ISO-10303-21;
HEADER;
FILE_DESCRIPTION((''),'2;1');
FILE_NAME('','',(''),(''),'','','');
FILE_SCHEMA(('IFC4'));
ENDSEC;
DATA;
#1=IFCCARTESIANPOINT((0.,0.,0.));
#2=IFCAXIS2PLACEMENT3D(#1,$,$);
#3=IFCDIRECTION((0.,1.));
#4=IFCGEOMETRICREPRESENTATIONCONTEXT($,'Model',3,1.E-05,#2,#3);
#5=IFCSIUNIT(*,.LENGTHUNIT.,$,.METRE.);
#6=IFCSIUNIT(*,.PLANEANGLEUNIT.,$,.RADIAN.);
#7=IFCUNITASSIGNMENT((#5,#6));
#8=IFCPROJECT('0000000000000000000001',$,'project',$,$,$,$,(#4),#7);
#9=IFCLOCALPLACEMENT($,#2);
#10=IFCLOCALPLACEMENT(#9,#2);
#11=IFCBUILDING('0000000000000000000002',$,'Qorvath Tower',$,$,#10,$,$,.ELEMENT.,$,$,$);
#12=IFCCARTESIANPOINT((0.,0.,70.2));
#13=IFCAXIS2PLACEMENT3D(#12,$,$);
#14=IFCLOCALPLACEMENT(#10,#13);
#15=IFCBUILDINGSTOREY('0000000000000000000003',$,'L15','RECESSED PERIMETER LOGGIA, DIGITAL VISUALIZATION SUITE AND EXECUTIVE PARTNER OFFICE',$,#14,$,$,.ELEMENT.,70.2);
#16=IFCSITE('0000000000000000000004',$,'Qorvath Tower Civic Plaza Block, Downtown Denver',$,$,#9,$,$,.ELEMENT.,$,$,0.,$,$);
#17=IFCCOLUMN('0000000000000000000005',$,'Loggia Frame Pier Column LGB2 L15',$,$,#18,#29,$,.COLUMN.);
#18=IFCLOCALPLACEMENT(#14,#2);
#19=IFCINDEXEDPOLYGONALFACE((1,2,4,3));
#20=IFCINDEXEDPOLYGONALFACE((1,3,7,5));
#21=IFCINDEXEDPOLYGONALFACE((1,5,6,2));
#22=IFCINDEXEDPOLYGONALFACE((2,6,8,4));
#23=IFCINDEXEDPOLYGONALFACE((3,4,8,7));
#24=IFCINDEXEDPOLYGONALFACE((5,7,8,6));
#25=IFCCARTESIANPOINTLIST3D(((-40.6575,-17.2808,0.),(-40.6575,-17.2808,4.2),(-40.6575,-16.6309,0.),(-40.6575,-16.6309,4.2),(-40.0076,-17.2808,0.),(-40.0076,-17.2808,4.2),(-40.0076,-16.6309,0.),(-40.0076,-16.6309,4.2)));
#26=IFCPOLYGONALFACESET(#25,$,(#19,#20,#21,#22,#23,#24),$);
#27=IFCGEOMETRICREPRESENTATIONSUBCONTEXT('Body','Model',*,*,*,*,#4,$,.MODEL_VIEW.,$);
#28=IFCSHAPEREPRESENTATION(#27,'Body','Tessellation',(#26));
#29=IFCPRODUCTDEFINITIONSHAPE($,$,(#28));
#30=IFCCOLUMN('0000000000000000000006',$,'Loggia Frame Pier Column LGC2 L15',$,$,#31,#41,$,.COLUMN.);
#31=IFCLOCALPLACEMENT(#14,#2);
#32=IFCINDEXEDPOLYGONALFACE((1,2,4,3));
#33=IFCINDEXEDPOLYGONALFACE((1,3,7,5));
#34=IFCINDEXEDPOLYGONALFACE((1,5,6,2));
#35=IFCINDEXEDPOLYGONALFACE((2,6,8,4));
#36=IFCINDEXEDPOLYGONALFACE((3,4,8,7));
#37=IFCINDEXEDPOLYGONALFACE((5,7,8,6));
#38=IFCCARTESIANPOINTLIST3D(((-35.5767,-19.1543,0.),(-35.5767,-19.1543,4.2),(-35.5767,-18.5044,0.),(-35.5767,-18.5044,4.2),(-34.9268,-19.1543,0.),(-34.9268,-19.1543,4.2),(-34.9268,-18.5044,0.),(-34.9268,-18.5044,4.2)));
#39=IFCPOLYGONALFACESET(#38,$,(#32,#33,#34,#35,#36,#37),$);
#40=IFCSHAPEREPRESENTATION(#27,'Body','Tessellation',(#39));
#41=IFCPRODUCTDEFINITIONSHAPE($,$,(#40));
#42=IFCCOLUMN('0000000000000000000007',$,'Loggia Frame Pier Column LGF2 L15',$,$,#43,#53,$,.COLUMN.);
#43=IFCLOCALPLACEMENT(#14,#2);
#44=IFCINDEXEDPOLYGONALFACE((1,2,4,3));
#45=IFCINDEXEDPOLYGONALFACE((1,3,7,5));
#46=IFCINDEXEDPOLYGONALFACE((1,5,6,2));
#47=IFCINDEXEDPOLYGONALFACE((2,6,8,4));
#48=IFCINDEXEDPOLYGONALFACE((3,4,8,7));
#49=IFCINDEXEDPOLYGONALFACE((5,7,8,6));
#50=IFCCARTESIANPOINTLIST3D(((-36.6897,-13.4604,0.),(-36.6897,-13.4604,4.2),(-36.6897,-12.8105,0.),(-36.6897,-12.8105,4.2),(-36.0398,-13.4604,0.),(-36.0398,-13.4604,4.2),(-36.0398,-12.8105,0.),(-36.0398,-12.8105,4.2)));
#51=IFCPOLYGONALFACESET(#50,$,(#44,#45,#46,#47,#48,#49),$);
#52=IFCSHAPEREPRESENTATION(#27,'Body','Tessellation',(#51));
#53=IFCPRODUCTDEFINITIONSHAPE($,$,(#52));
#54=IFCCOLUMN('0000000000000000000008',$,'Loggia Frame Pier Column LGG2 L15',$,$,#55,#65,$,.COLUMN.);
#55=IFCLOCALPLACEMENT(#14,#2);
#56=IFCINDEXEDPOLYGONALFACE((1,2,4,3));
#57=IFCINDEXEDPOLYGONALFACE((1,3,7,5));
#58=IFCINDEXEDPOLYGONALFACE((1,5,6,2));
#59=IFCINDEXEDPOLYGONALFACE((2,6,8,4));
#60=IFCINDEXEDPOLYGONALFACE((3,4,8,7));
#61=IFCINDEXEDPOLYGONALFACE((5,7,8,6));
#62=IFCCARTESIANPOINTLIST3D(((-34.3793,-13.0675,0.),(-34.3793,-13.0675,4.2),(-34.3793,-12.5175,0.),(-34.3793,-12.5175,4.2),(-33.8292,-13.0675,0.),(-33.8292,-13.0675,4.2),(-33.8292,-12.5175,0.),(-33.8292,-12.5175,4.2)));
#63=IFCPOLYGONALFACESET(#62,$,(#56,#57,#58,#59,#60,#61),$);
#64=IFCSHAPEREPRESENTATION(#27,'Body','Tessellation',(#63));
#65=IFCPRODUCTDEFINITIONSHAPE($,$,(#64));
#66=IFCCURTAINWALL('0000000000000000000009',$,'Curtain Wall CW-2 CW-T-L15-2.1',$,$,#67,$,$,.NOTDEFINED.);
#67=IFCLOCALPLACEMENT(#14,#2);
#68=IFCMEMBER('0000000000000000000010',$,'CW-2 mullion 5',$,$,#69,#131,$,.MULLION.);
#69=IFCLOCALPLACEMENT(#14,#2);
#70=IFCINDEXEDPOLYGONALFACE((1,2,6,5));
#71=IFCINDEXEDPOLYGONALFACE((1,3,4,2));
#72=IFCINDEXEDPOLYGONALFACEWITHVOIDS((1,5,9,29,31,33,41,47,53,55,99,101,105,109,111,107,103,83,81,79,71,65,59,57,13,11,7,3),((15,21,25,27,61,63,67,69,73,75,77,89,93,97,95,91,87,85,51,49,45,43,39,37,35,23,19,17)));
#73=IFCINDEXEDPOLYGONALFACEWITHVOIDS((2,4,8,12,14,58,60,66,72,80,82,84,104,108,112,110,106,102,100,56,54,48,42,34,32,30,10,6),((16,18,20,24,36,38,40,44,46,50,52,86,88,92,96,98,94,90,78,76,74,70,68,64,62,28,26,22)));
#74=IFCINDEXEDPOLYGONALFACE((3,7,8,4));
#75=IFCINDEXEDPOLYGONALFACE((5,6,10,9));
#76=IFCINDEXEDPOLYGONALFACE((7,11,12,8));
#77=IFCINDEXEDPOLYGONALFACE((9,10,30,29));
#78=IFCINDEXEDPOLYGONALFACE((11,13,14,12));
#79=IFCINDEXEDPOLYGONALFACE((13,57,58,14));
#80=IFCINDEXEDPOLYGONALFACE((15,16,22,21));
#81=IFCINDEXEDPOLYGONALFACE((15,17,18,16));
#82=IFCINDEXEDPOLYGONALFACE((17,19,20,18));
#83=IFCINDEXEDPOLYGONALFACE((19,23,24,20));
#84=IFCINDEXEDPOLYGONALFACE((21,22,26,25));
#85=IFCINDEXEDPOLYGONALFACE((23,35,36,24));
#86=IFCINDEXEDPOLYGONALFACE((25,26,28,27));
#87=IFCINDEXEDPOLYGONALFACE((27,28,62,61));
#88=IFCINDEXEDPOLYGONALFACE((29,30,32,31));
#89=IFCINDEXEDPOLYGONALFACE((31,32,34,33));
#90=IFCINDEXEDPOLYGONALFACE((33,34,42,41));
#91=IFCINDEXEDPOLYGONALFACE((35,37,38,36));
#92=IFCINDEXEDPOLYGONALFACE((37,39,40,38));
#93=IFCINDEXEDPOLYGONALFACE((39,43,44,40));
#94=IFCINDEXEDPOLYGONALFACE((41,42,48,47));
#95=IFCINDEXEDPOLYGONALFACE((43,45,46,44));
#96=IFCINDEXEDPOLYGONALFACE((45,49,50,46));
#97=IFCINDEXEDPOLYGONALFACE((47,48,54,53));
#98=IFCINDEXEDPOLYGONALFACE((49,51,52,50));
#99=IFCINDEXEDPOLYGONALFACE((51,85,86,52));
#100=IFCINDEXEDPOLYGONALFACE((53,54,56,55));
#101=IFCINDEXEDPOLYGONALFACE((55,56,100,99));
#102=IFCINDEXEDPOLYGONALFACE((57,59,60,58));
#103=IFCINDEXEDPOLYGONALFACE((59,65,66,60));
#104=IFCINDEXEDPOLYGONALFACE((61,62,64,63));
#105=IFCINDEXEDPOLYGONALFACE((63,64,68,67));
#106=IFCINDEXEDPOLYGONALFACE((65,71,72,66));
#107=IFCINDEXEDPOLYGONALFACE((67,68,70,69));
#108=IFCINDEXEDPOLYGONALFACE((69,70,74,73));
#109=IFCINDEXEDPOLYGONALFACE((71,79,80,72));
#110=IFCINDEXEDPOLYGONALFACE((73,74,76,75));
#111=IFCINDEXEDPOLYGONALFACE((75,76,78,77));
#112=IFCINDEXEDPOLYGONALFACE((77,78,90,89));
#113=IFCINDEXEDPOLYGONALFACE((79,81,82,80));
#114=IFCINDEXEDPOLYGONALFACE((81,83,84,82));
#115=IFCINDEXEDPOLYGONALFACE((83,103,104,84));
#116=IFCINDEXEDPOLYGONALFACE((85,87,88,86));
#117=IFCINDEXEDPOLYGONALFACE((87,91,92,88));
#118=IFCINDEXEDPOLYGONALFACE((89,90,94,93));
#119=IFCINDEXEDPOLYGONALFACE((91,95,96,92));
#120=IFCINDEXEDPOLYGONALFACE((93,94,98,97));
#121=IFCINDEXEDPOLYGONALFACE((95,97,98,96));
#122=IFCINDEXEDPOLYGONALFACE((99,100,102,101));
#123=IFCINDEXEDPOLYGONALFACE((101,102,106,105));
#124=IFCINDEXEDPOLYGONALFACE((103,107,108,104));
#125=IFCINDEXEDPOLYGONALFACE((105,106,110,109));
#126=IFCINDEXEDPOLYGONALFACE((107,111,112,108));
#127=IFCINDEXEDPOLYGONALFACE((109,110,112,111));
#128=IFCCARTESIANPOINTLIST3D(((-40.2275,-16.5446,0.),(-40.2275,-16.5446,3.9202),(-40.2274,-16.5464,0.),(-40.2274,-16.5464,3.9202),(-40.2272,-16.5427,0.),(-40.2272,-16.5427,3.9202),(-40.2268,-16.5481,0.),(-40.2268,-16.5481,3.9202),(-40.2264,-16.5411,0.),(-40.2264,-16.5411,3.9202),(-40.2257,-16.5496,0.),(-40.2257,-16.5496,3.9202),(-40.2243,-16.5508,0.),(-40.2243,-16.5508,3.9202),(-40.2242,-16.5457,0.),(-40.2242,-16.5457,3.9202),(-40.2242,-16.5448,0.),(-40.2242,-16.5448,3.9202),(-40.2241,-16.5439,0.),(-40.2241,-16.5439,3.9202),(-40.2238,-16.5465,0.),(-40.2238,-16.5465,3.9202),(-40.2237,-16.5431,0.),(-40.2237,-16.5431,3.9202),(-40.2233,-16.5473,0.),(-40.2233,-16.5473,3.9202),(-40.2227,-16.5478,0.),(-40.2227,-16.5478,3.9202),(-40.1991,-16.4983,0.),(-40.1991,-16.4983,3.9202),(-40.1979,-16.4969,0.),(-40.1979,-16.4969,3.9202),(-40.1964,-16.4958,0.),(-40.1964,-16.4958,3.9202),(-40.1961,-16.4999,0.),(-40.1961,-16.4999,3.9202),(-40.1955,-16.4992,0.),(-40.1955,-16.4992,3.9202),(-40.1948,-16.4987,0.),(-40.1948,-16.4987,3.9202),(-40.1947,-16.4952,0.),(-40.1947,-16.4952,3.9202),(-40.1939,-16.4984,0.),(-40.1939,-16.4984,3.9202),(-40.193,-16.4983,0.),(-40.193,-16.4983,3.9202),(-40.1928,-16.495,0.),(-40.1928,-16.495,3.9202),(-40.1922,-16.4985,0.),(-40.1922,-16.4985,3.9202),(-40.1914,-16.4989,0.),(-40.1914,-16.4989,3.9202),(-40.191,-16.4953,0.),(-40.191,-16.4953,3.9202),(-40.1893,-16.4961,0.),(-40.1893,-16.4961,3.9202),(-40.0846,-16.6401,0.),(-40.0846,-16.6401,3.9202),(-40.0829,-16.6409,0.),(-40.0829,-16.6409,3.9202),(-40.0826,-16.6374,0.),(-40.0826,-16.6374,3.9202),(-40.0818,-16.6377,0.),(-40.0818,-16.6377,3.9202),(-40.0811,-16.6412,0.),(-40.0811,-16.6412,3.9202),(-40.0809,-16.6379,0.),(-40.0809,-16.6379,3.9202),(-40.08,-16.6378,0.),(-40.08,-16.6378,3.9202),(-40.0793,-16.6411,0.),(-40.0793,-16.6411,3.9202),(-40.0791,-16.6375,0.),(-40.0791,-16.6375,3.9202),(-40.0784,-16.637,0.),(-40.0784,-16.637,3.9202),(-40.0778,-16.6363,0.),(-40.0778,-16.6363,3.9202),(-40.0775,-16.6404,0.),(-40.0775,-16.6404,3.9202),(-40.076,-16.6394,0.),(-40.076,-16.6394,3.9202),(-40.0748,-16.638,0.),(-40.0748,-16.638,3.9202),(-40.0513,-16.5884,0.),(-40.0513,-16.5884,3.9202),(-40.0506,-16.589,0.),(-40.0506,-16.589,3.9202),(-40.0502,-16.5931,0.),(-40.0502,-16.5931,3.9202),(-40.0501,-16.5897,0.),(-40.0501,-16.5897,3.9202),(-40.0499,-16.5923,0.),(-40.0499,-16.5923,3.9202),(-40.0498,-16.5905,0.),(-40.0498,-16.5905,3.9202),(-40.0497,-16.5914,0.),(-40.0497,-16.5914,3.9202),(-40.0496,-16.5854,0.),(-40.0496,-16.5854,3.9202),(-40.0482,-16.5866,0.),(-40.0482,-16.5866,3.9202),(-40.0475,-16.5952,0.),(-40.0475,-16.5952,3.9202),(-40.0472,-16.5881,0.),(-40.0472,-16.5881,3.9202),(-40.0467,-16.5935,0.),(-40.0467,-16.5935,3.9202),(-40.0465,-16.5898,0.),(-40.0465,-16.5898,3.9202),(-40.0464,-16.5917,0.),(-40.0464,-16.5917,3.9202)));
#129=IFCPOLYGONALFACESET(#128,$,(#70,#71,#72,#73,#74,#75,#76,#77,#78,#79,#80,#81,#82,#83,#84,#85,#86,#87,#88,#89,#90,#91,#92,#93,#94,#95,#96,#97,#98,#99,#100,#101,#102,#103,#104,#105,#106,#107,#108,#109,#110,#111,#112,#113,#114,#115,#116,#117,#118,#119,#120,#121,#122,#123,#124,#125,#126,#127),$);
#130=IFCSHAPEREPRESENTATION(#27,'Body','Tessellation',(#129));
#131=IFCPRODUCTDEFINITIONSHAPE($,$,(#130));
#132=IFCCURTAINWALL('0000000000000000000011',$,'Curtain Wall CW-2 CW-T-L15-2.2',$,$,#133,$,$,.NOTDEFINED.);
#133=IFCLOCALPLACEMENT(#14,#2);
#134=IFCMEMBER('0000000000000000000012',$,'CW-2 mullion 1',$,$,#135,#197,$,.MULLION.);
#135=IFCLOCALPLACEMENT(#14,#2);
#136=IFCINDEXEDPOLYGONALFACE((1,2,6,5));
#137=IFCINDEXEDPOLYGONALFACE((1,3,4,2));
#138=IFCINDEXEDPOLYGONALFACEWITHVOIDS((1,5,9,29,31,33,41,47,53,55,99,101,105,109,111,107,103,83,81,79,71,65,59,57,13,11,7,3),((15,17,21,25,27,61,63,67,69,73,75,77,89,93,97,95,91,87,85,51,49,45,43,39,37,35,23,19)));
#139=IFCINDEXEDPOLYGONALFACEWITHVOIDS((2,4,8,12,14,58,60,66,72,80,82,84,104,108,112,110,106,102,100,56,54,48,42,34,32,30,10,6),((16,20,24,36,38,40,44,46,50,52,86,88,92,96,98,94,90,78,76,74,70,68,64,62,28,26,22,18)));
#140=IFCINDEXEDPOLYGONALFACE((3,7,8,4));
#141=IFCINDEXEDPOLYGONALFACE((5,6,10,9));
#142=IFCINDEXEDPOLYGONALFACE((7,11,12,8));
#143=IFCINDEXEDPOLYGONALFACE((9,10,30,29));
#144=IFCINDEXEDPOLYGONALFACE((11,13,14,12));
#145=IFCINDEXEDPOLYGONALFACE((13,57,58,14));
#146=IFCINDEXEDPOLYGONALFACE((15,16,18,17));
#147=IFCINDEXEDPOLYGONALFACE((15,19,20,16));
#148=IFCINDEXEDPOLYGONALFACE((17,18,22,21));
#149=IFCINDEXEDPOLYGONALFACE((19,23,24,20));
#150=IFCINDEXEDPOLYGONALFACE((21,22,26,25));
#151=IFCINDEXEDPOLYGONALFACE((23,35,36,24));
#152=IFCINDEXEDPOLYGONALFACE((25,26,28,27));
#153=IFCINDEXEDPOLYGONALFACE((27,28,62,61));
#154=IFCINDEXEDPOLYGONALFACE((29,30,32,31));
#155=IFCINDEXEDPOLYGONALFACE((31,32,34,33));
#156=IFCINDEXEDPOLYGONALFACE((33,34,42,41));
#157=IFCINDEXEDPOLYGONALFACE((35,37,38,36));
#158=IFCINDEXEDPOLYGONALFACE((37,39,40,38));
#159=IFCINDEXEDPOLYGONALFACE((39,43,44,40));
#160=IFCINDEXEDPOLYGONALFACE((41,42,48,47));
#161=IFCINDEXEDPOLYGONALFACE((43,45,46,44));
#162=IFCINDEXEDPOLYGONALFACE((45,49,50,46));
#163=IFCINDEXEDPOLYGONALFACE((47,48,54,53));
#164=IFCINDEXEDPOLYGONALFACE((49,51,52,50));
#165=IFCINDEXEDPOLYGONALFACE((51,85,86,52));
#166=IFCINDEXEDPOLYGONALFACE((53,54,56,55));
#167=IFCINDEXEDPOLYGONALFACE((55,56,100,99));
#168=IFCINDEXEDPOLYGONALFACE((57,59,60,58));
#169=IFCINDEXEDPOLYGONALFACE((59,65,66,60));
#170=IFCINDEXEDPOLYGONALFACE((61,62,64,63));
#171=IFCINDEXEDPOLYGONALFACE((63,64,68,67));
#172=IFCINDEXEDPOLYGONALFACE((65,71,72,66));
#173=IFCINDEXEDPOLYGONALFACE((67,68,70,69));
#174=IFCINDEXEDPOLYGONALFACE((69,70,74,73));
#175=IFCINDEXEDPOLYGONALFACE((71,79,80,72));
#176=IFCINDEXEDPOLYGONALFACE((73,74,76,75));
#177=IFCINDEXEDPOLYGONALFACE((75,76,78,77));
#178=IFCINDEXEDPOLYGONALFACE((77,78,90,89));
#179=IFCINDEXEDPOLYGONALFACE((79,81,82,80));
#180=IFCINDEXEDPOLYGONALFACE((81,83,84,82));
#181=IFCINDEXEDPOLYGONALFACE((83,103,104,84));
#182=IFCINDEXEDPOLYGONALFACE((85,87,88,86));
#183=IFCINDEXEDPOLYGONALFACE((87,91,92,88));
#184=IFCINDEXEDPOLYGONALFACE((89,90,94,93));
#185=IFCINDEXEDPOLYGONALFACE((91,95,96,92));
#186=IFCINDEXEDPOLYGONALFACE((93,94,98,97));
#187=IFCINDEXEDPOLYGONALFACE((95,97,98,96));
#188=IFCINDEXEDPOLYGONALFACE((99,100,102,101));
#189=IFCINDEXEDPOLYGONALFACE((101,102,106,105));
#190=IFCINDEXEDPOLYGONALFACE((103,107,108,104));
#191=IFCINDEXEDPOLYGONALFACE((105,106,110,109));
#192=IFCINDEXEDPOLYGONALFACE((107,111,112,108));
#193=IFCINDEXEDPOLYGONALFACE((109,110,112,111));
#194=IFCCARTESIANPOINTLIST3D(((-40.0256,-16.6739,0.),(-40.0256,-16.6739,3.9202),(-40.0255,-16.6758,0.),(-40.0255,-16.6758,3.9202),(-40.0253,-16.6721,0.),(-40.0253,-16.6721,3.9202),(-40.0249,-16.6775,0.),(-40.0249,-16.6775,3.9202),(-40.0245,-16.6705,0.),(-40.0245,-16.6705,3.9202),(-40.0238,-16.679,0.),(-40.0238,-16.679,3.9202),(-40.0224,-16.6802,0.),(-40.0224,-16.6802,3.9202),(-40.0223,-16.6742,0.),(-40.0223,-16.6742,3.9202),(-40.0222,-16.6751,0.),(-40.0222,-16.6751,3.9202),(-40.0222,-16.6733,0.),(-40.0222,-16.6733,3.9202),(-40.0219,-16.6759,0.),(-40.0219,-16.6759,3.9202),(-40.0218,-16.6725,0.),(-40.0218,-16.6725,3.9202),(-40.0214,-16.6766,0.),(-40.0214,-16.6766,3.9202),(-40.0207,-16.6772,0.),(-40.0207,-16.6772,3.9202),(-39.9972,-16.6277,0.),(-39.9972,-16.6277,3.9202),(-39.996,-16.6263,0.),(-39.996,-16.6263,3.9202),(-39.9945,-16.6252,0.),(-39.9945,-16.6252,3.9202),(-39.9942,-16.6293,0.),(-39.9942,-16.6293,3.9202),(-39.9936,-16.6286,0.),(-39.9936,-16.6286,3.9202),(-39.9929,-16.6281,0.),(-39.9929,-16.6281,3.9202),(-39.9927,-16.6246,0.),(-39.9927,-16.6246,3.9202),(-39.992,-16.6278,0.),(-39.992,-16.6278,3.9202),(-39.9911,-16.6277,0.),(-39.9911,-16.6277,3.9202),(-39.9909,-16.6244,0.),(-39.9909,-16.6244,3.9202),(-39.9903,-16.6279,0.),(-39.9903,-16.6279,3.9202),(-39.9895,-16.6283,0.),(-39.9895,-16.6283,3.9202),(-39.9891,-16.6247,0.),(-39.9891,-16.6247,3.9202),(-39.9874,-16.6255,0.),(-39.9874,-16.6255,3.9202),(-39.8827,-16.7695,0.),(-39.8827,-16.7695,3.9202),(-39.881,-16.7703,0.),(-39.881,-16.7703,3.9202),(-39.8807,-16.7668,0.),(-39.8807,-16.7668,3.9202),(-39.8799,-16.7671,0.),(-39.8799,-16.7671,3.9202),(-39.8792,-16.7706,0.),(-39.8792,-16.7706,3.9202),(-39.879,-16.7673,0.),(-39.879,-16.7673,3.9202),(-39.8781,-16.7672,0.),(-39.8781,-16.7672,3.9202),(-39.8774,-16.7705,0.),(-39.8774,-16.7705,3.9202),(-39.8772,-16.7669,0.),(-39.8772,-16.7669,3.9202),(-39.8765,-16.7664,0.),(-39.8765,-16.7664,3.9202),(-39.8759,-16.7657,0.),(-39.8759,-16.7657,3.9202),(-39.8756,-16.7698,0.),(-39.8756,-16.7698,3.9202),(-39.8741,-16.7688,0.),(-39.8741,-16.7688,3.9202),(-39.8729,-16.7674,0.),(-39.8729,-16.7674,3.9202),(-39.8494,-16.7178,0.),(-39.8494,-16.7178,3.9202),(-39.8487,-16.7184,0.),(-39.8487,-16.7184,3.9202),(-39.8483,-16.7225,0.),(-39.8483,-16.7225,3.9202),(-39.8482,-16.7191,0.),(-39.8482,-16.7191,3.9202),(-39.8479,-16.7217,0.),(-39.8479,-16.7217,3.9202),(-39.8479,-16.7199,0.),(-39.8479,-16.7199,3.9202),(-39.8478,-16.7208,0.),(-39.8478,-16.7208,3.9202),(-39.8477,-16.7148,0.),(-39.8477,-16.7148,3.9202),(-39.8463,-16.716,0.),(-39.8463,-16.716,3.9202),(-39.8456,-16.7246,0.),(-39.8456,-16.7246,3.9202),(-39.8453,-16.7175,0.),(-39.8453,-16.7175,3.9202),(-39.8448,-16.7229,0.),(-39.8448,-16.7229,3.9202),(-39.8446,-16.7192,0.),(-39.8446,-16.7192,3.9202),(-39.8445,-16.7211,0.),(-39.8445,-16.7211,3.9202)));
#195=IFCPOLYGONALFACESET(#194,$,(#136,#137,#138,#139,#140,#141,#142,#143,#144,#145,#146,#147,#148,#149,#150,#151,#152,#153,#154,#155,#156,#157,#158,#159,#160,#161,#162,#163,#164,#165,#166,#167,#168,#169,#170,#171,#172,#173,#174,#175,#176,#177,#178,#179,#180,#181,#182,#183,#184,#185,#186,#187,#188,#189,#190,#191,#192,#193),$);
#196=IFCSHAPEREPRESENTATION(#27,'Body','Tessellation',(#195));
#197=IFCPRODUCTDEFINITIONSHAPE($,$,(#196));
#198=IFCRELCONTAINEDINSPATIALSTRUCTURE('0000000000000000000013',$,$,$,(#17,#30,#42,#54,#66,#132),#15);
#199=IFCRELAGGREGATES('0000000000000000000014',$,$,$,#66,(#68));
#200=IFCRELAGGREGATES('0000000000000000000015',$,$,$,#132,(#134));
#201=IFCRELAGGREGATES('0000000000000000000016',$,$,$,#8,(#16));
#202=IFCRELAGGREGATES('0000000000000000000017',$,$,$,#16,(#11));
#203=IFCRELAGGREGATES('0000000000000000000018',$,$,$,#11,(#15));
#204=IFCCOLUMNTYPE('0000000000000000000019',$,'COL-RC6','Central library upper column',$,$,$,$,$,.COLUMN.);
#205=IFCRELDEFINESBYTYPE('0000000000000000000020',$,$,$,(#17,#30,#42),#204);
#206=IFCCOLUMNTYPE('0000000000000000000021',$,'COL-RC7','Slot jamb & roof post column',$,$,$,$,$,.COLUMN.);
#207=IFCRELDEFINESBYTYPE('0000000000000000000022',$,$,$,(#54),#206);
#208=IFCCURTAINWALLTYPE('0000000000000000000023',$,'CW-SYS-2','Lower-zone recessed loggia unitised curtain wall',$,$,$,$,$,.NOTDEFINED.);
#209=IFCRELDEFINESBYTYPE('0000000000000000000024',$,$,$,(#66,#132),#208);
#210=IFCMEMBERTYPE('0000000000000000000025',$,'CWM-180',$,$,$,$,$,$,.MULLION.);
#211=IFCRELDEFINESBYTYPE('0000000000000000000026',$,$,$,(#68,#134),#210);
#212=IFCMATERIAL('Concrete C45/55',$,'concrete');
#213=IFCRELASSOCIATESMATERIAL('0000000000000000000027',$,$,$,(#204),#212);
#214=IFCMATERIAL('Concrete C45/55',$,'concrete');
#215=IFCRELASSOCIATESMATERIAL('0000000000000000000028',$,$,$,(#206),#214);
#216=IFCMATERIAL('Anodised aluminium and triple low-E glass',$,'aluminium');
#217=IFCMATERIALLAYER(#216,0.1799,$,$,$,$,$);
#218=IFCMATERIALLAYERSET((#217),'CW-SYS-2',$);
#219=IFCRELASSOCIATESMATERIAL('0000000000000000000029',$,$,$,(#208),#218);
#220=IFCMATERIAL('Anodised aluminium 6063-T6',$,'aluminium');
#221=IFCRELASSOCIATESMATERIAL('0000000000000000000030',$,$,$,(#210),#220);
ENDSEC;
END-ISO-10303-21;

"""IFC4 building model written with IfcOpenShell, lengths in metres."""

from ifc_helpers import new_model, si_unit, direction, frame, origin, origin_2d, place, context, subcontext, project, spatial, rectangle, hollow_rectangle, extrude, material, layer, layer_set, material_profile, profile_set, type_object, element, aggregate, save


model = new_model("IFC4")

# Units and contexts
model_context = context("Model", 3, precision=1e-05, world=origin(), true_north=direction((0.0, 1.0)))
body_context = subcontext(model_context, "Body", "Model", "MODEL_VIEW")
ifc_project = project(units=[si_unit("LENGTHUNIT", "METRE"), si_unit("PLANEANGLEUNIT", "RADIAN")], contexts=[model_context])

# Site, building, storey
site_placement = place(None, origin())
site = spatial("IfcSite", under=ifc_project, at=site_placement, Name="Qorvath Tower Civic Plaza Block, Downtown Denver", CompositionType="ELEMENT", RefElevation=0.0)
building_placement = place(site_placement, origin())
building = spatial("IfcBuilding", under=site, at=building_placement, Name="Qorvath Tower", CompositionType="ELEMENT")
storey_placement = place(building_placement, frame((0.0, 0.0, 70.2)))
storey = spatial("IfcBuildingStorey", under=building, at=storey_placement, Name="L15", Description="RECESSED PERIMETER LOGGIA, DIGITAL VISUALIZATION SUITE AND EXECUTIVE PARTNER OFFICE", CompositionType="ELEMENT", Elevation=70.2)

# Columns
ifc_material_1 = material(Name="Concrete C45/55", Category="concrete")
ifc_material_profile_1 = material_profile(ifc_material_1, rectangle(XDim=0.6499, YDim=0.6499, at=origin_2d()), Name="RC 650x650")
ifc_profile_set_1 = profile_set([ifc_material_profile_1], Name="Concrete C45/55")
column_type_1 = type_object("IfcColumnType", Name="COL-RC6", Description="Central library upper column", PredefinedType="COLUMN", material=ifc_profile_set_1)
for number, where, z_axis, x_axis, name in (
    (1, (-40.3325, -16.9558, 0.0), (0.0, 0.0, 1.0), (1.0, 0.0, 0.0), "Loggia Frame Pier Column LGB2 L15"),
    (2, (-35.2517, -18.8293, 0.0), (0.0, 0.0, 1.0), (1.0, 0.0, 0.0), "Loggia Frame Pier Column LGC2 L15"),
    (3, (-36.3647, -13.1355, 0.0), (0.0, 0.0, 1.0), (1.0, 0.0, 0.0), "Loggia Frame Pier Column LGF2 L15"),
):
    element("IfcColumn", number, at=place(storey_placement, frame(where, z_axis=z_axis, x_axis=x_axis)), inside=storey, type_object=column_type_1, Name=name, PredefinedType="COLUMN", context=body_context, shape_type="SweptSolid", body=[
        extrude(rectangle(XDim=0.6499, YDim=0.6499, at=origin_2d()), origin(), (0.0, 0.0, 1.0), 4.2),
    ])
ifc_material_2 = material(Name="Concrete C45/55", Category="concrete")
ifc_material_profile_2 = material_profile(ifc_material_2, rectangle(XDim=0.55, YDim=0.55, at=origin_2d()), Name="RC 550x550")
ifc_profile_set_2 = profile_set([ifc_material_profile_2], Name="Concrete C45/55")
column_type_2 = type_object("IfcColumnType", Name="COL-RC7", Description="Slot jamb & roof post column", PredefinedType="COLUMN", material=ifc_profile_set_2)
column_placement = place(storey_placement, frame((-34.1042, -12.7925, 0.0), z_axis=(0.0, 0.0, 1.0), x_axis=(1.0, 0.0, 0.0)))
element("IfcColumn", 4, at=column_placement, inside=storey, type_object=column_type_2, Name="Loggia Frame Pier Column LGG2 L15", PredefinedType="COLUMN", context=body_context, shape_type="SweptSolid", body=[
    extrude(rectangle(XDim=0.55, YDim=0.55, at=origin_2d()), origin(), (0.0, 0.0, 1.0), 4.2),
])

# Curtain wall, member
ifc_material_3 = material(Name="Anodised aluminium and triple low-E glass", Category="aluminium")
ifc_layer_1 = layer(ifc_material_3, 0.1799)
ifc_layer_set_1 = layer_set([ifc_layer_1], Name="CW-SYS-2")
curtain_wall_type = type_object("IfcCurtainWallType", Name="CW-SYS-2", Description="Lower-zone recessed loggia unitised curtain wall", PredefinedType="NOTDEFINED", material=ifc_layer_set_1)
curtain_wall_1_placement = place(storey_placement, origin())
curtain_wall_1 = element("IfcCurtainWall", 5, at=curtain_wall_1_placement, inside=storey, type_object=curtain_wall_type, Name="Curtain Wall CW-2 CW-T-L15-2.1", PredefinedType="NOTDEFINED")
ifc_material_4 = material(Name="Anodised aluminium 6063-T6", Category="aluminium")
ifc_material_profile_3 = material_profile(ifc_material_4, hollow_rectangle(XDim=0.0649, YDim=0.1799, WallThickness=0.0034, InnerFilletRadius=0.0034, OuterFilletRadius=0.0071, at=origin_2d()), Name="CWM 180x65")
ifc_profile_set_3 = profile_set([ifc_material_profile_3], Name="Anodised aluminium 6063-T6")
member_type_1 = type_object("IfcMemberType", Name="CWM-180", PredefinedType="MULLION", material=ifc_profile_set_3)
member_1_placement = place(storey_placement, frame((-40.137, -16.5681, 0.0), z_axis=(0.0, 0.0, 1.0), x_axis=(0.538531, 0.842606, 0.0)))
member_1 = element("IfcMember", 6, at=member_1_placement, type_object=member_type_1, Name="CW-2 mullion 5", PredefinedType="MULLION", context=body_context, shape_type="SweptSolid", body=[
    extrude(hollow_rectangle(XDim=0.0649, YDim=0.1799, WallThickness=0.0034, InnerFilletRadius=0.0034, OuterFilletRadius=0.0071, at=origin_2d()), origin(), (0.0, 0.0, 1.0), 3.9202),
])
aggregate(curtain_wall_1, [member_1])

# Curtain wall, member
curtain_wall_2_placement = place(storey_placement, origin())
curtain_wall_2 = element("IfcCurtainWall", 7, at=curtain_wall_2_placement, inside=storey, type_object=curtain_wall_type, Name="Curtain Wall CW-2 CW-T-L15-2.2", PredefinedType="NOTDEFINED")
member_2_placement = place(storey_placement, frame((-39.9351, -16.6975, 0.0), z_axis=(0.0, 0.0, 1.0), x_axis=(0.538537, 0.842602, 0.0)))
member_2 = element("IfcMember", 8, at=member_2_placement, type_object=member_type_1, Name="CW-2 mullion 1", PredefinedType="MULLION", context=body_context, shape_type="SweptSolid", body=[
    extrude(hollow_rectangle(XDim=0.0649, YDim=0.1799, WallThickness=0.0034, InnerFilletRadius=0.0034, OuterFilletRadius=0.0071, at=origin_2d()), origin(), (0.0, 0.0, 1.0), 3.9202),
])
aggregate(curtain_wall_2, [member_2])

save(model, "model.ifc")
